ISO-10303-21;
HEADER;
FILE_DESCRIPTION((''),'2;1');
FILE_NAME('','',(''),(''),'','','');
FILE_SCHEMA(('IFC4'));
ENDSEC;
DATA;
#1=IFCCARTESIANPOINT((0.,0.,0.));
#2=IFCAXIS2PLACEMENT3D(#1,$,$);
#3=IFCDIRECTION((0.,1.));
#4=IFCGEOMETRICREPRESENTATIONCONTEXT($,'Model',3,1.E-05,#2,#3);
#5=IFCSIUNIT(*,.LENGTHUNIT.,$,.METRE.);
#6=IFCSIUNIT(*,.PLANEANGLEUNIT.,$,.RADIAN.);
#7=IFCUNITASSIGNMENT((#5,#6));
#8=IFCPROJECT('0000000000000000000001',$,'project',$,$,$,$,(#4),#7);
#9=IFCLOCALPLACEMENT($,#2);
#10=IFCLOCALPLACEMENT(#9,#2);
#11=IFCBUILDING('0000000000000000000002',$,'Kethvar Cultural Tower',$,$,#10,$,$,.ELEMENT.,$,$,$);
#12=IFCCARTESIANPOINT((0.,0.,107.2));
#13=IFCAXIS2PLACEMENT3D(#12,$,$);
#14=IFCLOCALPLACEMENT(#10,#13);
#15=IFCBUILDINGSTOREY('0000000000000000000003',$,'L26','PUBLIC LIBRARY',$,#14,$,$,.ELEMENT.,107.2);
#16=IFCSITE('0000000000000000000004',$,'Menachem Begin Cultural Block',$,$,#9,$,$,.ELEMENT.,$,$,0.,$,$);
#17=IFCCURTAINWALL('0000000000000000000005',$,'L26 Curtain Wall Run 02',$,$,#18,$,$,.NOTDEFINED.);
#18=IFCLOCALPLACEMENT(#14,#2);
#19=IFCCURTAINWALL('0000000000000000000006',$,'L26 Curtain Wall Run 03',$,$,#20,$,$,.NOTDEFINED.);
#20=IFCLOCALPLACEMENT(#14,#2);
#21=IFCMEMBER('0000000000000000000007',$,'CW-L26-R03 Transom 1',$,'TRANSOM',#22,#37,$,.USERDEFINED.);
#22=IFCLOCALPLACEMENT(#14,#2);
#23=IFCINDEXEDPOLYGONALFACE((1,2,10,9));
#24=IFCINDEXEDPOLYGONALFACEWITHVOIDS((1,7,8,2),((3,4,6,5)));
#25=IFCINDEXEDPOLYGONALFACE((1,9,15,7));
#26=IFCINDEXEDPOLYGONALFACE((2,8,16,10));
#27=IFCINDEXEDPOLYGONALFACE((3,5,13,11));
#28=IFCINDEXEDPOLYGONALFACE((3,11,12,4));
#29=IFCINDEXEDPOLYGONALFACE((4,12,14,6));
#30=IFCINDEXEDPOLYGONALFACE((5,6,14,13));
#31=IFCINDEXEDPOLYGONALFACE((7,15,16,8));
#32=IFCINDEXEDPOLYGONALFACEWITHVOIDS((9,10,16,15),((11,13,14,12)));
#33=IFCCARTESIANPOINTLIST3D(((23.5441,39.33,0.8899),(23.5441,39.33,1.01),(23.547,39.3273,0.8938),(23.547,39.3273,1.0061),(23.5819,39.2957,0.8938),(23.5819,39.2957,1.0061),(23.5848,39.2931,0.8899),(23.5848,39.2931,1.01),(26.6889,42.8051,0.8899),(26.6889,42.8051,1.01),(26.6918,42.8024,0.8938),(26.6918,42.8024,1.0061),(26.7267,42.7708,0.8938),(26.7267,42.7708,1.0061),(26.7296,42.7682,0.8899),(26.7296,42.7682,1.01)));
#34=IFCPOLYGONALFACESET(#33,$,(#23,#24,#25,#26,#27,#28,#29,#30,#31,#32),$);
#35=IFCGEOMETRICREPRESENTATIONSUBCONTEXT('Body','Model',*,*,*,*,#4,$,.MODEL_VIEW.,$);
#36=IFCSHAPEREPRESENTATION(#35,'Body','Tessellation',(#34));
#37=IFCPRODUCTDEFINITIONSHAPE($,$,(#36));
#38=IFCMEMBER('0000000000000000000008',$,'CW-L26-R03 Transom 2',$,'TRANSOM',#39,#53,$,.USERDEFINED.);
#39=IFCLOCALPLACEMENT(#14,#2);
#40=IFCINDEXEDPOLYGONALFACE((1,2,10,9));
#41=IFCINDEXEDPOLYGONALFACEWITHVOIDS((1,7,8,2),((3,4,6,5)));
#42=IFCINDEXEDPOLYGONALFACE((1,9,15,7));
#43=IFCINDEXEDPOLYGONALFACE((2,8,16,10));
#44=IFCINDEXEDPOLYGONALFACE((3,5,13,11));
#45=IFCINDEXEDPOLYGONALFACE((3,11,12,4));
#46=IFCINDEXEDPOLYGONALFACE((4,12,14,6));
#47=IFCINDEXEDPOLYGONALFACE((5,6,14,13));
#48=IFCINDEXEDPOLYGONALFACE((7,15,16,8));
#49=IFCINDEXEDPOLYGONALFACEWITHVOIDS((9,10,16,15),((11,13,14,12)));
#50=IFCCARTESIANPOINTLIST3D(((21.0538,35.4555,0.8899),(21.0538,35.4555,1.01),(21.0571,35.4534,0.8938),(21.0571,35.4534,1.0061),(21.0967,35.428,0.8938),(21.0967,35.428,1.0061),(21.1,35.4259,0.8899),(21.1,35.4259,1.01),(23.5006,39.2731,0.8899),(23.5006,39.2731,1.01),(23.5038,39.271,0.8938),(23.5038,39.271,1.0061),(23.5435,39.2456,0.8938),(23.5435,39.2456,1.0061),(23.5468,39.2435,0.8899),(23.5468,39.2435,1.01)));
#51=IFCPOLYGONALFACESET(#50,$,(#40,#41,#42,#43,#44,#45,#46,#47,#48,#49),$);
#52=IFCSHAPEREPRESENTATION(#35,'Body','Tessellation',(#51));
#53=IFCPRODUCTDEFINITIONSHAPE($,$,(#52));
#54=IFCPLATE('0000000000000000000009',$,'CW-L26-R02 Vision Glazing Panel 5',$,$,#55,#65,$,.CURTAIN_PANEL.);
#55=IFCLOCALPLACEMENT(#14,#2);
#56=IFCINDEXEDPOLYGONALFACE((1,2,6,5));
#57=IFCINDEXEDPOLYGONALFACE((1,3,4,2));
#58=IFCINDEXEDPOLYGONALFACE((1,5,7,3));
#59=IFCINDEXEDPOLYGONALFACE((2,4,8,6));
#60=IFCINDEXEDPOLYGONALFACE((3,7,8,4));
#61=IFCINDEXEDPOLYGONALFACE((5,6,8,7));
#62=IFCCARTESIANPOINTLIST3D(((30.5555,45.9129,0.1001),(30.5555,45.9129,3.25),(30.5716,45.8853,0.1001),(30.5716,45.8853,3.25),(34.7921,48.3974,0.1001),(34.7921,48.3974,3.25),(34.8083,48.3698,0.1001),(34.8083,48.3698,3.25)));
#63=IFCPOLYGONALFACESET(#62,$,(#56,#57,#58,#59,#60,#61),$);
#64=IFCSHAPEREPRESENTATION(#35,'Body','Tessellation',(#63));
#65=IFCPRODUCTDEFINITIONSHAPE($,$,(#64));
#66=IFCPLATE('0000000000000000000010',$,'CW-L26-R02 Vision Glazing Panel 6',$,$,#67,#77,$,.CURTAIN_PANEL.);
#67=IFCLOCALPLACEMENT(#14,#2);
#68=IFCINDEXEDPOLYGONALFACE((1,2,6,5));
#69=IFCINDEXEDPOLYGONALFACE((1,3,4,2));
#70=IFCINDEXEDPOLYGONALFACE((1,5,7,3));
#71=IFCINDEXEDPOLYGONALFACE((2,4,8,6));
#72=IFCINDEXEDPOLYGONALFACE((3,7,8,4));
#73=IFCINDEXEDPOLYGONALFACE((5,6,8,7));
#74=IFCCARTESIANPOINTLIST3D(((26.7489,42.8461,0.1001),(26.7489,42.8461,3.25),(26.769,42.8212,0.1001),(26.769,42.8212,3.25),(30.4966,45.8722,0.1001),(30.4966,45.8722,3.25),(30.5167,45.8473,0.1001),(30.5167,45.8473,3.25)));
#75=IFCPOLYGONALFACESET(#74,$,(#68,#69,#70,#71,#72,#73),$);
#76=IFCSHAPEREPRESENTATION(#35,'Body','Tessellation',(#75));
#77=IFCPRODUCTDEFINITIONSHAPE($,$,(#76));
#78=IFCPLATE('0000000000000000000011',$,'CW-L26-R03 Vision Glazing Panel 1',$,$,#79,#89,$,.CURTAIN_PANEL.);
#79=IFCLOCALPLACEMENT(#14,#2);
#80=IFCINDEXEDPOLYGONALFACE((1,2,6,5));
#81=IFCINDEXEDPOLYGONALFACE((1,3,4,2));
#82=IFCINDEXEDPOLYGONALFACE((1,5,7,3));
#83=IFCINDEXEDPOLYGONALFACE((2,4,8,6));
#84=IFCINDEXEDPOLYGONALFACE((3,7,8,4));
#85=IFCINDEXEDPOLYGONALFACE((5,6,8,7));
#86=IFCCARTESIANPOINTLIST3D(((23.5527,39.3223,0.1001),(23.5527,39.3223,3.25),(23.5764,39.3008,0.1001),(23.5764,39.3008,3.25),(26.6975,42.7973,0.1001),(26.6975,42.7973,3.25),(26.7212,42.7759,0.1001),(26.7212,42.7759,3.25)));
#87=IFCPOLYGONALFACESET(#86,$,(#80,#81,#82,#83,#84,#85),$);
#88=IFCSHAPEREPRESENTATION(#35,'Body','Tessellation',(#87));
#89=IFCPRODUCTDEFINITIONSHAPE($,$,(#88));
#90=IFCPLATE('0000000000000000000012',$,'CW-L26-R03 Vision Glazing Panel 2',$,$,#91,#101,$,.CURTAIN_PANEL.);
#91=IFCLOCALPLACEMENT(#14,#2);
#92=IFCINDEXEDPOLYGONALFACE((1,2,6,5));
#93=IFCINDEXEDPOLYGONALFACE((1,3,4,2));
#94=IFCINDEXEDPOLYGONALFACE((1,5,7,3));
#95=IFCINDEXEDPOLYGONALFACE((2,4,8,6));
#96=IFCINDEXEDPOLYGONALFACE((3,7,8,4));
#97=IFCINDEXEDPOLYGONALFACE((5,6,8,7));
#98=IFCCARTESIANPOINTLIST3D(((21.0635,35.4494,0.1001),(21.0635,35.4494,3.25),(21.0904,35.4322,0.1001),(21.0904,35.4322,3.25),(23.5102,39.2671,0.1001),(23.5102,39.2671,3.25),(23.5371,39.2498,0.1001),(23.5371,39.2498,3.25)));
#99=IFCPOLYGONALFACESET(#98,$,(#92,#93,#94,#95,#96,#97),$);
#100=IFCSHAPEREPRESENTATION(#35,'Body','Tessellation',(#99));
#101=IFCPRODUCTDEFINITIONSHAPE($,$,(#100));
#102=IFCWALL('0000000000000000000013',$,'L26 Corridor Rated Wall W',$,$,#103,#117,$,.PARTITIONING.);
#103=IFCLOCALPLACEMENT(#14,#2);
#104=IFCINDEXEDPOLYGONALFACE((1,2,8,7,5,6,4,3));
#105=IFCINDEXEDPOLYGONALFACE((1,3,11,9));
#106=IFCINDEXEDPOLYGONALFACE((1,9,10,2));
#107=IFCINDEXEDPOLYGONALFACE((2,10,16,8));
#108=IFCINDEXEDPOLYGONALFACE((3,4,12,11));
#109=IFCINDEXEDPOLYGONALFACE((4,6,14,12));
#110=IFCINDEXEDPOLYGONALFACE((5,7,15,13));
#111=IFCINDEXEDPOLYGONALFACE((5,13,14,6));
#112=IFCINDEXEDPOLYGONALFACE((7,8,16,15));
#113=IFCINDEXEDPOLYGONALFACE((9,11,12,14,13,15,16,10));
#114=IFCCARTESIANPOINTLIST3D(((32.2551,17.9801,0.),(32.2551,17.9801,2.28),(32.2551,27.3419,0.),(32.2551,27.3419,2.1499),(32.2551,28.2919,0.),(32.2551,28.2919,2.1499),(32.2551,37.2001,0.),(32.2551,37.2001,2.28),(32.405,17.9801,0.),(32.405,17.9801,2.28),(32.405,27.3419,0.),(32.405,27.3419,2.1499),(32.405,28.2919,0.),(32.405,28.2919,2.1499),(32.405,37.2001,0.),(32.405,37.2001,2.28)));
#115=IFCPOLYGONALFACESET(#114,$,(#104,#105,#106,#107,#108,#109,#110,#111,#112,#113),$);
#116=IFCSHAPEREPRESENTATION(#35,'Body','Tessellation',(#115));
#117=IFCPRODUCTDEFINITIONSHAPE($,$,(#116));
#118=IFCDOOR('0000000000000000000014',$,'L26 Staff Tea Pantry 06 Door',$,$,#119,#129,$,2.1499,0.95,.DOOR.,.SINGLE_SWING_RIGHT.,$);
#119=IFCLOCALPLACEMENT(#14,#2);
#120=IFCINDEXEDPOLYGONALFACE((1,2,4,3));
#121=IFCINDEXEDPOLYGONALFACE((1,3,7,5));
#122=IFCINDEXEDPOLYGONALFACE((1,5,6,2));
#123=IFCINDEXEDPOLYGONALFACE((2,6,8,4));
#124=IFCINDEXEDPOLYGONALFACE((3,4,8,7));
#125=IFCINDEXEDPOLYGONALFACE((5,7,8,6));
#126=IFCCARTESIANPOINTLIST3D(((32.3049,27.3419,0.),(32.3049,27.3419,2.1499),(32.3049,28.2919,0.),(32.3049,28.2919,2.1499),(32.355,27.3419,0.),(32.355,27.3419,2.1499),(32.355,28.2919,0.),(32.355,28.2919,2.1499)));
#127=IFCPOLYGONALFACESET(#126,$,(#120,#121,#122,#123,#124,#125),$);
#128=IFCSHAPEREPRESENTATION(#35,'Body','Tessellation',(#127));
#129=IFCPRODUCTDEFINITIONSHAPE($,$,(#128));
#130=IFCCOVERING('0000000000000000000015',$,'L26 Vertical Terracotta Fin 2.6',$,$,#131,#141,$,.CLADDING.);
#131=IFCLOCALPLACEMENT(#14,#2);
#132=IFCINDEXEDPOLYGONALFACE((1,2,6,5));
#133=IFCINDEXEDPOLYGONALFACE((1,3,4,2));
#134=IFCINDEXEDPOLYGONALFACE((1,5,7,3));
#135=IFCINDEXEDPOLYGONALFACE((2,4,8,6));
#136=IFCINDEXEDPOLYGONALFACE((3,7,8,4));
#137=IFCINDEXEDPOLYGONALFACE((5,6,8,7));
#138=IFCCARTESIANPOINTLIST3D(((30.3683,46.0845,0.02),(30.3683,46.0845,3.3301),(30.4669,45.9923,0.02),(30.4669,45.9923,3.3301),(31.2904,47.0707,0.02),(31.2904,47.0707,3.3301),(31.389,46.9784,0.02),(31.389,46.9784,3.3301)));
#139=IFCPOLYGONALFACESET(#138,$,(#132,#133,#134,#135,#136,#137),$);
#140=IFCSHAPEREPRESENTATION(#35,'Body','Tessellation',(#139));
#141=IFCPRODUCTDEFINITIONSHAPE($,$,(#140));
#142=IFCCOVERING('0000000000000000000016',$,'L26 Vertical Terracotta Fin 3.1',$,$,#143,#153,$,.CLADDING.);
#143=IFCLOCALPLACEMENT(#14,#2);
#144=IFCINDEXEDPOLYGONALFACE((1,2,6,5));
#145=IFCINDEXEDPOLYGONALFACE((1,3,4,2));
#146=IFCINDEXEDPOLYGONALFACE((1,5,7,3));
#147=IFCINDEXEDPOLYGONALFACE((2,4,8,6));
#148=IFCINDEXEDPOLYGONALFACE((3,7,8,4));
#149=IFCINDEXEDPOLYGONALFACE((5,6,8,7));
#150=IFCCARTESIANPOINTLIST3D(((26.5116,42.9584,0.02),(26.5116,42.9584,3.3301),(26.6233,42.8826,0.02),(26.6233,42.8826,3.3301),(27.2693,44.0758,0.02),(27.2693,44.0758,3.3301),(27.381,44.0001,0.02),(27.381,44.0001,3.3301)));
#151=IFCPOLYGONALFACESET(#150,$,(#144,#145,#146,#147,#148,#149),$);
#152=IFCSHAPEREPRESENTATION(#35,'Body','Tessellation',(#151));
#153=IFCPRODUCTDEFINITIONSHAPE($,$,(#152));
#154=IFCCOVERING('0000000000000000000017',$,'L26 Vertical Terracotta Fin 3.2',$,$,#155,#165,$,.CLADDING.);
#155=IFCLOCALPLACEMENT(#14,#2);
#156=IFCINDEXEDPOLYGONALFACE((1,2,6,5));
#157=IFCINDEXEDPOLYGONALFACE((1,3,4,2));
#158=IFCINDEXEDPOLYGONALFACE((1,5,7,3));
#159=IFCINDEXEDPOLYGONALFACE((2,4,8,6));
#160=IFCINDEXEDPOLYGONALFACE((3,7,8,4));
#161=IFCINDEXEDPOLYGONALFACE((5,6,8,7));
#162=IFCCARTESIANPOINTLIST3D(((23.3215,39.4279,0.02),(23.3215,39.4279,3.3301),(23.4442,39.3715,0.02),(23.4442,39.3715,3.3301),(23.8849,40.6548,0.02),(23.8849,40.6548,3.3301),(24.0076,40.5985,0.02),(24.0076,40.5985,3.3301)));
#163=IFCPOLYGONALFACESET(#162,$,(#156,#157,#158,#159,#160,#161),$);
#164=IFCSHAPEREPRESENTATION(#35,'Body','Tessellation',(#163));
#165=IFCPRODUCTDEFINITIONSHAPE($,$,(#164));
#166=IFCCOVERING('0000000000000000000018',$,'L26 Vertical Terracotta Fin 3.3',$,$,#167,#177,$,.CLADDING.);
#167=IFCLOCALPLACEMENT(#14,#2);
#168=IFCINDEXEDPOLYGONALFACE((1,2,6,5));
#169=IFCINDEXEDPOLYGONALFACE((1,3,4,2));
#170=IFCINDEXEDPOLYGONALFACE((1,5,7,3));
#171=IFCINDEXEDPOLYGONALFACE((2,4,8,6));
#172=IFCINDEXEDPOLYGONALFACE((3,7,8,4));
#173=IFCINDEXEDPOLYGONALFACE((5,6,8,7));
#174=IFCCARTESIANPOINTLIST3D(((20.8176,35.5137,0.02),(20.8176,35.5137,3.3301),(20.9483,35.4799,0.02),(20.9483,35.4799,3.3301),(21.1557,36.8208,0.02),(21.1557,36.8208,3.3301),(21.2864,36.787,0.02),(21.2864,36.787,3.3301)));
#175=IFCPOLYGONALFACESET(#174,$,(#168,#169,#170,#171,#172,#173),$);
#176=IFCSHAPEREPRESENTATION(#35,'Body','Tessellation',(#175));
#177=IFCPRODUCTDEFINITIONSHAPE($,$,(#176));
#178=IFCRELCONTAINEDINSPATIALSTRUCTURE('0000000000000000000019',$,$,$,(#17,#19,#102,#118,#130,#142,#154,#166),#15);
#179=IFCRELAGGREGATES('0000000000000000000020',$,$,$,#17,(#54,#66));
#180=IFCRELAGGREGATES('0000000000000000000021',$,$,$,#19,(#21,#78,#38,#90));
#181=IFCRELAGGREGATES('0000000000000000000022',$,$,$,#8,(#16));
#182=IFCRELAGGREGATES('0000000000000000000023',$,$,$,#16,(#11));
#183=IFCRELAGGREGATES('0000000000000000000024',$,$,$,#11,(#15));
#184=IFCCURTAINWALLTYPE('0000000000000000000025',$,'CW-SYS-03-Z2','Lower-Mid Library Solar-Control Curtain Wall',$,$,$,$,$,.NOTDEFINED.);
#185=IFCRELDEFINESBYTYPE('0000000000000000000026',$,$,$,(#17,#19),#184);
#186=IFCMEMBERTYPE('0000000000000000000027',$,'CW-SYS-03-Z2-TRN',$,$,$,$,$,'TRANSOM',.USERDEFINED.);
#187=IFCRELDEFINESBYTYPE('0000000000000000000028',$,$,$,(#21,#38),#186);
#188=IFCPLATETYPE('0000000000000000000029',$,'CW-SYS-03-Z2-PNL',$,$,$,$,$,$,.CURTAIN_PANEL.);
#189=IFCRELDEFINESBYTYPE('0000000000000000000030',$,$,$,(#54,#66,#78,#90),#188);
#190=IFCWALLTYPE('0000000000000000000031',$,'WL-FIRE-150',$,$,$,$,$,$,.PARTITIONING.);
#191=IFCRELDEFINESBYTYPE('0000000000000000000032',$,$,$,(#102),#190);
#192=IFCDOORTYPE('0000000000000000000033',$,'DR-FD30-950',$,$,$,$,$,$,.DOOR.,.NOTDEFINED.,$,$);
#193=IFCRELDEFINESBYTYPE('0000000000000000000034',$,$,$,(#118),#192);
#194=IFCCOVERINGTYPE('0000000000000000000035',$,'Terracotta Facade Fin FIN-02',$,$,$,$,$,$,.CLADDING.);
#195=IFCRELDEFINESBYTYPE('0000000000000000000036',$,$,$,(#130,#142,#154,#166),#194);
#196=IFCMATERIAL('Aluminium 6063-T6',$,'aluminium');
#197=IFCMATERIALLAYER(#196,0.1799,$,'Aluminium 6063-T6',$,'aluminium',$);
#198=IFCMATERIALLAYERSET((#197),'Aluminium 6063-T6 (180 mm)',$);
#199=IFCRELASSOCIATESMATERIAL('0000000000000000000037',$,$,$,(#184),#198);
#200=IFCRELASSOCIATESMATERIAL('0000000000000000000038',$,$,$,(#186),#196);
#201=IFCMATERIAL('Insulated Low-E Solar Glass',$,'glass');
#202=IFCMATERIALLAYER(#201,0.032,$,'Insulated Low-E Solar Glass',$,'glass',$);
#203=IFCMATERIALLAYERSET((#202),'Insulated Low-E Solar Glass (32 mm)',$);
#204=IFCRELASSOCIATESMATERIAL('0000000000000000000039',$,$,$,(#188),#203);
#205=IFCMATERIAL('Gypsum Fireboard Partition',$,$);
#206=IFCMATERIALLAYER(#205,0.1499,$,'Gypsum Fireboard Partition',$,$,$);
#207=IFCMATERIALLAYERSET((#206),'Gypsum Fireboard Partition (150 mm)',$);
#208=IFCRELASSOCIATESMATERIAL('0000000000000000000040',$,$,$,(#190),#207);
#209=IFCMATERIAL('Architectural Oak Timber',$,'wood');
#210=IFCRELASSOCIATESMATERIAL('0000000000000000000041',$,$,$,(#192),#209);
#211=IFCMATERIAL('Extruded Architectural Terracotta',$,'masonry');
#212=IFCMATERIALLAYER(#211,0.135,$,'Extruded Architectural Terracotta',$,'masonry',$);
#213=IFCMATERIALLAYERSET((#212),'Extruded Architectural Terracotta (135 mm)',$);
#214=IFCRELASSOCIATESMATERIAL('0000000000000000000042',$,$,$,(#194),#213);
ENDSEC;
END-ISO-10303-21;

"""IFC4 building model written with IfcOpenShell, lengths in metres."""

from ifc_helpers import new_model, si_unit, direction, frame, frame_2d, origin, origin_2d, place, context, subcontext, project, spatial, rectangle, hollow_rectangle, extrude, source, transform, mapped, material, layer, layer_set, material_profile, profile_set, type_object, element, fill, aggregate, save


model = new_model("IFC4")

# Units and contexts
model_context = context("Model", 3, precision=1e-05, world=origin(), true_north=direction((0.0, 1.0)))
body_context = subcontext(model_context, "Body", "Model", "MODEL_VIEW")
ifc_project = project(units=[si_unit("LENGTHUNIT", "METRE"), si_unit("PLANEANGLEUNIT", "RADIAN")], contexts=[model_context])

# Site, building, storey
site_placement = place(None, origin())
site = spatial("IfcSite", under=ifc_project, at=site_placement, Name="Menachem Begin Cultural Block", CompositionType="ELEMENT", RefElevation=0.0)
building_placement = place(site_placement, origin())
building = spatial("IfcBuilding", under=site, at=building_placement, Name="Kethvar Cultural Tower", CompositionType="ELEMENT")
storey_placement = place(building_placement, frame((0.0, 0.0, 107.2)))
storey = spatial("IfcBuildingStorey", under=building, at=storey_placement, Name="L26", Description="PUBLIC LIBRARY", CompositionType="ELEMENT", Elevation=107.2)

# Curtain walls
ifc_material_1 = material(Name="Aluminium 6063-T6", Category="aluminium")
ifc_layer_1 = layer(ifc_material_1, 0.1799, Name="Aluminium 6063-T6", Category="aluminium")
ifc_layer_set_1 = layer_set([ifc_layer_1], Name="Aluminium 6063-T6 (180 mm)")
curtain_wall_type = type_object("IfcCurtainWallType", Name="CW-SYS-03-Z2", Description="Lower-Mid Library Solar-Control Curtain Wall", PredefinedType="NOTDEFINED", material=ifc_layer_set_1)
curtain_wall_1_placement = place(storey_placement, origin())
curtain_wall_1 = element("IfcCurtainWall", 1, at=curtain_wall_1_placement, inside=storey, type_object=curtain_wall_type, Name="L26 Curtain Wall Run 02", PredefinedType="NOTDEFINED")
curtain_wall_2_placement = place(storey_placement, origin())
curtain_wall_2 = element("IfcCurtainWall", 2, at=curtain_wall_2_placement, inside=storey, type_object=curtain_wall_type, Name="L26 Curtain Wall Run 03", PredefinedType="NOTDEFINED")

# Members
ifc_material_profile_1 = material_profile(ifc_material_1, hollow_rectangle(XDim=0.0549, YDim=0.1201, WallThickness=0.0039, at=origin_2d()), Name="Aluminium 6063-T6 — RHS120x55x4")
ifc_profile_set_1 = profile_set([ifc_material_profile_1], Name="Aluminium 6063-T6 — RHS120x55x4")
member_type_1 = type_object("IfcMemberType", Name="CW-SYS-03-Z2-TRN", ElementType="TRANSOM", PredefinedType="USERDEFINED", material=ifc_profile_set_1)
shared_shape_1 = source(origin(), body_context, "Body", "SweptSolid", [
    extrude(hollow_rectangle(XDim=0.0549, YDim=0.1201, WallThickness=0.0039, at=origin_2d()), origin(), (0.0, 0.0, 1.0), 4.6868),
])
member_1_placement = place(storey_placement, frame((26.7092, 42.7866, 0.95), z_axis=(-0.670988, -0.741468, 0.0), x_axis=(0.741468, -0.670988, 0.0)))
member_1 = element("IfcMember", 3, at=member_1_placement, type_object=member_type_1, Name="CW-L26-R03 Transom 1", ObjectType="TRANSOM", PredefinedType="USERDEFINED", context=body_context, shape_type="MappedRepresentation", body=[
    mapped(shared_shape_1, transform((0.0, 0.0, 0.0), scale=1.0)),
])
shared_shape_2 = source(origin(), body_context, "Body", "SweptSolid", [
    extrude(hollow_rectangle(XDim=0.0549, YDim=0.1201, WallThickness=0.0039, at=origin_2d()), origin(), (0.0, 0.0, 1.0), 4.5344),
])
member_2_placement = place(storey_placement, frame((23.5237, 39.2583, 0.95), z_axis=(-0.539601, -0.841921, 0.0), x_axis=(0.841921, -0.539601, 0.0)))
member_2 = element("IfcMember", 4, at=member_2_placement, type_object=member_type_1, Name="CW-L26-R03 Transom 2", ObjectType="TRANSOM", PredefinedType="USERDEFINED", context=body_context, shape_type="MappedRepresentation", body=[
    mapped(shared_shape_2, transform((0.0, 0.0, 0.0), scale=1.0)),
])

# Plates
ifc_material_2 = material(Name="Insulated Low-E Solar Glass", Category="glass")
ifc_layer_2 = layer(ifc_material_2, 0.032, Name="Insulated Low-E Solar Glass", Category="glass")
ifc_layer_set_2 = layer_set([ifc_layer_2], Name="Insulated Low-E Solar Glass (32 mm)")
plate_type = type_object("IfcPlateType", Name="CW-SYS-03-Z2-PNL", PredefinedType="CURTAIN_PANEL", material=ifc_layer_set_2)
shared_shape_3 = source(origin(), body_context, "Body", "SweptSolid", [
    extrude(rectangle(XDim=4.9114, YDim=0.032, at=origin_2d()), origin(), (0.0, 0.0, 1.0), 3.1499),
])
plate_1_placement = place(storey_placement, frame((32.6819, 47.1414, 0.1001), z_axis=(0.0, 0.0, 1.0), x_axis=(-0.86262, -0.505853, 0.0)))
plate_1 = element("IfcPlate", 5, at=plate_1_placement, type_object=plate_type, Name="CW-L26-R02 Vision Glazing Panel 5", PredefinedType="CURTAIN_PANEL", context=body_context, shape_type="MappedRepresentation", body=[
    mapped(shared_shape_3, transform((0.0, 0.0, 0.0), scale=1.0)),
])
shared_shape_4 = source(origin(), body_context, "Body", "SweptSolid", [
    extrude(rectangle(XDim=4.8169, YDim=0.032, at=origin_2d()), origin(), (0.0, 0.0, 1.0), 3.1499),
])
plate_2_placement = place(storey_placement, frame((28.6328, 44.3467, 0.1001), z_axis=(0.0, 0.0, 1.0), x_axis=(-0.778024, -0.628235, 0.0)))
plate_2 = element("IfcPlate", 6, at=plate_2_placement, type_object=plate_type, Name="CW-L26-R02 Vision Glazing Panel 6", PredefinedType="CURTAIN_PANEL", context=body_context, shape_type="MappedRepresentation", body=[
    mapped(shared_shape_4, transform((0.0, 0.0, 0.0), scale=1.0)),
])
aggregate(curtain_wall_1, [plate_1, plate_2])
shared_shape_5 = source(origin(), body_context, "Body", "SweptSolid", [
    extrude(rectangle(XDim=4.6868, YDim=0.032, at=origin_2d()), origin(), (0.0, 0.0, 1.0), 3.1499),
])
plate_3_placement = place(storey_placement, frame((25.137, 41.0491, 0.1001), z_axis=(0.0, 0.0, 1.0), x_axis=(-0.670996, -0.741461, 0.0)))
plate_3 = element("IfcPlate", 7, at=plate_3_placement, type_object=plate_type, Name="CW-L26-R03 Vision Glazing Panel 1", PredefinedType="CURTAIN_PANEL", context=body_context, shape_type="MappedRepresentation", body=[
    mapped(shared_shape_5, transform((0.0, 0.0, 0.0), scale=1.0)),
])
shared_shape_6 = source(origin(), body_context, "Body", "SweptSolid", [
    extrude(rectangle(XDim=4.5344, YDim=0.032, at=origin_2d()), origin(), (0.0, 0.0, 1.0), 3.1499),
])
plate_4_placement = place(storey_placement, frame((22.3003, 37.3496, 0.1001), z_axis=(0.0, 0.0, 1.0), x_axis=(-0.539594, -0.841925, 0.0)))
plate_4 = element("IfcPlate", 8, at=plate_4_placement, type_object=plate_type, Name="CW-L26-R03 Vision Glazing Panel 2", PredefinedType="CURTAIN_PANEL", context=body_context, shape_type="MappedRepresentation", body=[
    mapped(shared_shape_6, transform((0.0, 0.0, 0.0), scale=1.0)),
])
aggregate(curtain_wall_2, [member_1, plate_3, member_2, plate_4])

# Wall, opening, door
ifc_material_3 = material(Name="Gypsum Fireboard Partition")
ifc_layer_3 = layer(ifc_material_3, 0.1499, Name="Gypsum Fireboard Partition")
ifc_layer_set_3 = layer_set([ifc_layer_3], Name="Gypsum Fireboard Partition (150 mm)")
wall_type = type_object("IfcWallType", Name="WL-FIRE-150", PredefinedType="PARTITIONING", material=ifc_layer_set_3)
wall_placement = place(storey_placement, frame((32.3301, 37.2, 0.0), z_axis=(0.0, 0.0, 1.0), x_axis=(0.0, -1.0, 0.0)))
wall = element("IfcWall", 9, at=wall_placement, inside=storey, type_object=wall_type, Name="L26 Corridor Rated Wall W", PredefinedType="PARTITIONING", context=body_context, shape_type="SweptSolid", body=[
    extrude(rectangle(XDim=19.22, YDim=0.1499, at=frame_2d((9.6099, 0.0))), origin(), (0.0, 0.0, 1.0), 2.28),
])
opening_placement = place(wall_placement, frame((8.908, 0.0, 0.0)))
opening = element("IfcOpeningElement", 10, at=opening_placement, cuts=wall, PredefinedType="OPENING", context=body_context, shape_type="SweptSolid", body=[
    extrude(rectangle(XDim=0.95, YDim=2.1499, at=frame_2d((0.4751, 1.075))), frame((0.0, 0.085, 0.0), z_axis=(0.0, -1.0, 0.0), x_axis=(1.0, 0.0, 0.0)), (0.0, 0.0, 1.0), 0.1699),
])
ifc_material_4 = material(Name="Architectural Oak Timber", Category="wood")
door_type = type_object("IfcDoorType", Name="DR-FD30-950", OperationType="NOTDEFINED", PredefinedType="DOOR", material=ifc_material_4)
shared_shape_7 = source(origin(), body_context, "Body", "SweptSolid", [
    extrude(rectangle(XDim=0.95, YDim=2.1499, at=frame_2d((0.4751, 1.075))), frame((0.0, 0.0249, 0.0), z_axis=(0.0, -1.0, 0.0), x_axis=(1.0, 0.0, 0.0)), (0.0, 0.0, 1.0), 0.05),
])
door_placement = place(opening_placement, origin())
door = element("IfcDoor", 11, at=door_placement, inside=storey, type_object=door_type, Name="L26 Staff Tea Pantry 06 Door", OperationType="SINGLE_SWING_RIGHT", OverallHeight=2.1499, OverallWidth=0.95, PredefinedType="DOOR", context=body_context, shape_type="MappedRepresentation", body=[
    mapped(shared_shape_7, transform((0.0, 0.0, 0.0), scale=1.0)),
])
fill(opening, door)

# Coverings
ifc_material_5 = material(Name="Extruded Architectural Terracotta", Category="masonry")
ifc_layer_4 = layer(ifc_material_5, 0.135, Name="Extruded Architectural Terracotta", Category="masonry")
ifc_layer_set_4 = layer_set([ifc_layer_4], Name="Extruded Architectural Terracotta (135 mm)")
covering_type = type_object("IfcCoveringType", Name="Terracotta Facade Fin FIN-02", PredefinedType="CLADDING", material=ifc_layer_set_4)
shared_shape_8 = source(origin(), body_context, "Body", "SweptSolid", [
    extrude(rectangle(XDim=1.3501, YDim=0.135, at=origin_2d()), origin(), (0.0, 0.0, 1.0), 3.3101),
])
for number, where, z_axis, x_axis, name in (
    (12, (30.8787, 46.5315, 0.02), (0.0, 0.0, 1.0), (0.683019, 0.730401, 0.0), "L26 Vertical Terracotta Fin 2.6"),
    (13, (26.9463, 43.4792, 0.02), (0.0, 0.0, 1.0), (0.561217, 0.827669, 0.0), "L26 Vertical Terracotta Fin 3.1"),
    (14, (23.6646, 40.0132, 0.02), (0.0, 0.0, 1.0), (0.417233, 0.9088, 0.0), "L26 Vertical Terracotta Fin 3.2"),
    (15, (21.052, 36.1504, 0.02), (0.0, 0.0, 1.0), (0.25038, 0.968148, 0.0), "L26 Vertical Terracotta Fin 3.3"),
):
    element("IfcCovering", number, at=place(storey_placement, frame(where, z_axis=z_axis, x_axis=x_axis)), inside=storey, type_object=covering_type, Name=name, PredefinedType="CLADDING", context=body_context, shape_type="MappedRepresentation", body=[
        mapped(shared_shape_8, transform((0.0, 0.0, 0.0), scale=1.0)),
    ])

save(model, "model.ifc")
